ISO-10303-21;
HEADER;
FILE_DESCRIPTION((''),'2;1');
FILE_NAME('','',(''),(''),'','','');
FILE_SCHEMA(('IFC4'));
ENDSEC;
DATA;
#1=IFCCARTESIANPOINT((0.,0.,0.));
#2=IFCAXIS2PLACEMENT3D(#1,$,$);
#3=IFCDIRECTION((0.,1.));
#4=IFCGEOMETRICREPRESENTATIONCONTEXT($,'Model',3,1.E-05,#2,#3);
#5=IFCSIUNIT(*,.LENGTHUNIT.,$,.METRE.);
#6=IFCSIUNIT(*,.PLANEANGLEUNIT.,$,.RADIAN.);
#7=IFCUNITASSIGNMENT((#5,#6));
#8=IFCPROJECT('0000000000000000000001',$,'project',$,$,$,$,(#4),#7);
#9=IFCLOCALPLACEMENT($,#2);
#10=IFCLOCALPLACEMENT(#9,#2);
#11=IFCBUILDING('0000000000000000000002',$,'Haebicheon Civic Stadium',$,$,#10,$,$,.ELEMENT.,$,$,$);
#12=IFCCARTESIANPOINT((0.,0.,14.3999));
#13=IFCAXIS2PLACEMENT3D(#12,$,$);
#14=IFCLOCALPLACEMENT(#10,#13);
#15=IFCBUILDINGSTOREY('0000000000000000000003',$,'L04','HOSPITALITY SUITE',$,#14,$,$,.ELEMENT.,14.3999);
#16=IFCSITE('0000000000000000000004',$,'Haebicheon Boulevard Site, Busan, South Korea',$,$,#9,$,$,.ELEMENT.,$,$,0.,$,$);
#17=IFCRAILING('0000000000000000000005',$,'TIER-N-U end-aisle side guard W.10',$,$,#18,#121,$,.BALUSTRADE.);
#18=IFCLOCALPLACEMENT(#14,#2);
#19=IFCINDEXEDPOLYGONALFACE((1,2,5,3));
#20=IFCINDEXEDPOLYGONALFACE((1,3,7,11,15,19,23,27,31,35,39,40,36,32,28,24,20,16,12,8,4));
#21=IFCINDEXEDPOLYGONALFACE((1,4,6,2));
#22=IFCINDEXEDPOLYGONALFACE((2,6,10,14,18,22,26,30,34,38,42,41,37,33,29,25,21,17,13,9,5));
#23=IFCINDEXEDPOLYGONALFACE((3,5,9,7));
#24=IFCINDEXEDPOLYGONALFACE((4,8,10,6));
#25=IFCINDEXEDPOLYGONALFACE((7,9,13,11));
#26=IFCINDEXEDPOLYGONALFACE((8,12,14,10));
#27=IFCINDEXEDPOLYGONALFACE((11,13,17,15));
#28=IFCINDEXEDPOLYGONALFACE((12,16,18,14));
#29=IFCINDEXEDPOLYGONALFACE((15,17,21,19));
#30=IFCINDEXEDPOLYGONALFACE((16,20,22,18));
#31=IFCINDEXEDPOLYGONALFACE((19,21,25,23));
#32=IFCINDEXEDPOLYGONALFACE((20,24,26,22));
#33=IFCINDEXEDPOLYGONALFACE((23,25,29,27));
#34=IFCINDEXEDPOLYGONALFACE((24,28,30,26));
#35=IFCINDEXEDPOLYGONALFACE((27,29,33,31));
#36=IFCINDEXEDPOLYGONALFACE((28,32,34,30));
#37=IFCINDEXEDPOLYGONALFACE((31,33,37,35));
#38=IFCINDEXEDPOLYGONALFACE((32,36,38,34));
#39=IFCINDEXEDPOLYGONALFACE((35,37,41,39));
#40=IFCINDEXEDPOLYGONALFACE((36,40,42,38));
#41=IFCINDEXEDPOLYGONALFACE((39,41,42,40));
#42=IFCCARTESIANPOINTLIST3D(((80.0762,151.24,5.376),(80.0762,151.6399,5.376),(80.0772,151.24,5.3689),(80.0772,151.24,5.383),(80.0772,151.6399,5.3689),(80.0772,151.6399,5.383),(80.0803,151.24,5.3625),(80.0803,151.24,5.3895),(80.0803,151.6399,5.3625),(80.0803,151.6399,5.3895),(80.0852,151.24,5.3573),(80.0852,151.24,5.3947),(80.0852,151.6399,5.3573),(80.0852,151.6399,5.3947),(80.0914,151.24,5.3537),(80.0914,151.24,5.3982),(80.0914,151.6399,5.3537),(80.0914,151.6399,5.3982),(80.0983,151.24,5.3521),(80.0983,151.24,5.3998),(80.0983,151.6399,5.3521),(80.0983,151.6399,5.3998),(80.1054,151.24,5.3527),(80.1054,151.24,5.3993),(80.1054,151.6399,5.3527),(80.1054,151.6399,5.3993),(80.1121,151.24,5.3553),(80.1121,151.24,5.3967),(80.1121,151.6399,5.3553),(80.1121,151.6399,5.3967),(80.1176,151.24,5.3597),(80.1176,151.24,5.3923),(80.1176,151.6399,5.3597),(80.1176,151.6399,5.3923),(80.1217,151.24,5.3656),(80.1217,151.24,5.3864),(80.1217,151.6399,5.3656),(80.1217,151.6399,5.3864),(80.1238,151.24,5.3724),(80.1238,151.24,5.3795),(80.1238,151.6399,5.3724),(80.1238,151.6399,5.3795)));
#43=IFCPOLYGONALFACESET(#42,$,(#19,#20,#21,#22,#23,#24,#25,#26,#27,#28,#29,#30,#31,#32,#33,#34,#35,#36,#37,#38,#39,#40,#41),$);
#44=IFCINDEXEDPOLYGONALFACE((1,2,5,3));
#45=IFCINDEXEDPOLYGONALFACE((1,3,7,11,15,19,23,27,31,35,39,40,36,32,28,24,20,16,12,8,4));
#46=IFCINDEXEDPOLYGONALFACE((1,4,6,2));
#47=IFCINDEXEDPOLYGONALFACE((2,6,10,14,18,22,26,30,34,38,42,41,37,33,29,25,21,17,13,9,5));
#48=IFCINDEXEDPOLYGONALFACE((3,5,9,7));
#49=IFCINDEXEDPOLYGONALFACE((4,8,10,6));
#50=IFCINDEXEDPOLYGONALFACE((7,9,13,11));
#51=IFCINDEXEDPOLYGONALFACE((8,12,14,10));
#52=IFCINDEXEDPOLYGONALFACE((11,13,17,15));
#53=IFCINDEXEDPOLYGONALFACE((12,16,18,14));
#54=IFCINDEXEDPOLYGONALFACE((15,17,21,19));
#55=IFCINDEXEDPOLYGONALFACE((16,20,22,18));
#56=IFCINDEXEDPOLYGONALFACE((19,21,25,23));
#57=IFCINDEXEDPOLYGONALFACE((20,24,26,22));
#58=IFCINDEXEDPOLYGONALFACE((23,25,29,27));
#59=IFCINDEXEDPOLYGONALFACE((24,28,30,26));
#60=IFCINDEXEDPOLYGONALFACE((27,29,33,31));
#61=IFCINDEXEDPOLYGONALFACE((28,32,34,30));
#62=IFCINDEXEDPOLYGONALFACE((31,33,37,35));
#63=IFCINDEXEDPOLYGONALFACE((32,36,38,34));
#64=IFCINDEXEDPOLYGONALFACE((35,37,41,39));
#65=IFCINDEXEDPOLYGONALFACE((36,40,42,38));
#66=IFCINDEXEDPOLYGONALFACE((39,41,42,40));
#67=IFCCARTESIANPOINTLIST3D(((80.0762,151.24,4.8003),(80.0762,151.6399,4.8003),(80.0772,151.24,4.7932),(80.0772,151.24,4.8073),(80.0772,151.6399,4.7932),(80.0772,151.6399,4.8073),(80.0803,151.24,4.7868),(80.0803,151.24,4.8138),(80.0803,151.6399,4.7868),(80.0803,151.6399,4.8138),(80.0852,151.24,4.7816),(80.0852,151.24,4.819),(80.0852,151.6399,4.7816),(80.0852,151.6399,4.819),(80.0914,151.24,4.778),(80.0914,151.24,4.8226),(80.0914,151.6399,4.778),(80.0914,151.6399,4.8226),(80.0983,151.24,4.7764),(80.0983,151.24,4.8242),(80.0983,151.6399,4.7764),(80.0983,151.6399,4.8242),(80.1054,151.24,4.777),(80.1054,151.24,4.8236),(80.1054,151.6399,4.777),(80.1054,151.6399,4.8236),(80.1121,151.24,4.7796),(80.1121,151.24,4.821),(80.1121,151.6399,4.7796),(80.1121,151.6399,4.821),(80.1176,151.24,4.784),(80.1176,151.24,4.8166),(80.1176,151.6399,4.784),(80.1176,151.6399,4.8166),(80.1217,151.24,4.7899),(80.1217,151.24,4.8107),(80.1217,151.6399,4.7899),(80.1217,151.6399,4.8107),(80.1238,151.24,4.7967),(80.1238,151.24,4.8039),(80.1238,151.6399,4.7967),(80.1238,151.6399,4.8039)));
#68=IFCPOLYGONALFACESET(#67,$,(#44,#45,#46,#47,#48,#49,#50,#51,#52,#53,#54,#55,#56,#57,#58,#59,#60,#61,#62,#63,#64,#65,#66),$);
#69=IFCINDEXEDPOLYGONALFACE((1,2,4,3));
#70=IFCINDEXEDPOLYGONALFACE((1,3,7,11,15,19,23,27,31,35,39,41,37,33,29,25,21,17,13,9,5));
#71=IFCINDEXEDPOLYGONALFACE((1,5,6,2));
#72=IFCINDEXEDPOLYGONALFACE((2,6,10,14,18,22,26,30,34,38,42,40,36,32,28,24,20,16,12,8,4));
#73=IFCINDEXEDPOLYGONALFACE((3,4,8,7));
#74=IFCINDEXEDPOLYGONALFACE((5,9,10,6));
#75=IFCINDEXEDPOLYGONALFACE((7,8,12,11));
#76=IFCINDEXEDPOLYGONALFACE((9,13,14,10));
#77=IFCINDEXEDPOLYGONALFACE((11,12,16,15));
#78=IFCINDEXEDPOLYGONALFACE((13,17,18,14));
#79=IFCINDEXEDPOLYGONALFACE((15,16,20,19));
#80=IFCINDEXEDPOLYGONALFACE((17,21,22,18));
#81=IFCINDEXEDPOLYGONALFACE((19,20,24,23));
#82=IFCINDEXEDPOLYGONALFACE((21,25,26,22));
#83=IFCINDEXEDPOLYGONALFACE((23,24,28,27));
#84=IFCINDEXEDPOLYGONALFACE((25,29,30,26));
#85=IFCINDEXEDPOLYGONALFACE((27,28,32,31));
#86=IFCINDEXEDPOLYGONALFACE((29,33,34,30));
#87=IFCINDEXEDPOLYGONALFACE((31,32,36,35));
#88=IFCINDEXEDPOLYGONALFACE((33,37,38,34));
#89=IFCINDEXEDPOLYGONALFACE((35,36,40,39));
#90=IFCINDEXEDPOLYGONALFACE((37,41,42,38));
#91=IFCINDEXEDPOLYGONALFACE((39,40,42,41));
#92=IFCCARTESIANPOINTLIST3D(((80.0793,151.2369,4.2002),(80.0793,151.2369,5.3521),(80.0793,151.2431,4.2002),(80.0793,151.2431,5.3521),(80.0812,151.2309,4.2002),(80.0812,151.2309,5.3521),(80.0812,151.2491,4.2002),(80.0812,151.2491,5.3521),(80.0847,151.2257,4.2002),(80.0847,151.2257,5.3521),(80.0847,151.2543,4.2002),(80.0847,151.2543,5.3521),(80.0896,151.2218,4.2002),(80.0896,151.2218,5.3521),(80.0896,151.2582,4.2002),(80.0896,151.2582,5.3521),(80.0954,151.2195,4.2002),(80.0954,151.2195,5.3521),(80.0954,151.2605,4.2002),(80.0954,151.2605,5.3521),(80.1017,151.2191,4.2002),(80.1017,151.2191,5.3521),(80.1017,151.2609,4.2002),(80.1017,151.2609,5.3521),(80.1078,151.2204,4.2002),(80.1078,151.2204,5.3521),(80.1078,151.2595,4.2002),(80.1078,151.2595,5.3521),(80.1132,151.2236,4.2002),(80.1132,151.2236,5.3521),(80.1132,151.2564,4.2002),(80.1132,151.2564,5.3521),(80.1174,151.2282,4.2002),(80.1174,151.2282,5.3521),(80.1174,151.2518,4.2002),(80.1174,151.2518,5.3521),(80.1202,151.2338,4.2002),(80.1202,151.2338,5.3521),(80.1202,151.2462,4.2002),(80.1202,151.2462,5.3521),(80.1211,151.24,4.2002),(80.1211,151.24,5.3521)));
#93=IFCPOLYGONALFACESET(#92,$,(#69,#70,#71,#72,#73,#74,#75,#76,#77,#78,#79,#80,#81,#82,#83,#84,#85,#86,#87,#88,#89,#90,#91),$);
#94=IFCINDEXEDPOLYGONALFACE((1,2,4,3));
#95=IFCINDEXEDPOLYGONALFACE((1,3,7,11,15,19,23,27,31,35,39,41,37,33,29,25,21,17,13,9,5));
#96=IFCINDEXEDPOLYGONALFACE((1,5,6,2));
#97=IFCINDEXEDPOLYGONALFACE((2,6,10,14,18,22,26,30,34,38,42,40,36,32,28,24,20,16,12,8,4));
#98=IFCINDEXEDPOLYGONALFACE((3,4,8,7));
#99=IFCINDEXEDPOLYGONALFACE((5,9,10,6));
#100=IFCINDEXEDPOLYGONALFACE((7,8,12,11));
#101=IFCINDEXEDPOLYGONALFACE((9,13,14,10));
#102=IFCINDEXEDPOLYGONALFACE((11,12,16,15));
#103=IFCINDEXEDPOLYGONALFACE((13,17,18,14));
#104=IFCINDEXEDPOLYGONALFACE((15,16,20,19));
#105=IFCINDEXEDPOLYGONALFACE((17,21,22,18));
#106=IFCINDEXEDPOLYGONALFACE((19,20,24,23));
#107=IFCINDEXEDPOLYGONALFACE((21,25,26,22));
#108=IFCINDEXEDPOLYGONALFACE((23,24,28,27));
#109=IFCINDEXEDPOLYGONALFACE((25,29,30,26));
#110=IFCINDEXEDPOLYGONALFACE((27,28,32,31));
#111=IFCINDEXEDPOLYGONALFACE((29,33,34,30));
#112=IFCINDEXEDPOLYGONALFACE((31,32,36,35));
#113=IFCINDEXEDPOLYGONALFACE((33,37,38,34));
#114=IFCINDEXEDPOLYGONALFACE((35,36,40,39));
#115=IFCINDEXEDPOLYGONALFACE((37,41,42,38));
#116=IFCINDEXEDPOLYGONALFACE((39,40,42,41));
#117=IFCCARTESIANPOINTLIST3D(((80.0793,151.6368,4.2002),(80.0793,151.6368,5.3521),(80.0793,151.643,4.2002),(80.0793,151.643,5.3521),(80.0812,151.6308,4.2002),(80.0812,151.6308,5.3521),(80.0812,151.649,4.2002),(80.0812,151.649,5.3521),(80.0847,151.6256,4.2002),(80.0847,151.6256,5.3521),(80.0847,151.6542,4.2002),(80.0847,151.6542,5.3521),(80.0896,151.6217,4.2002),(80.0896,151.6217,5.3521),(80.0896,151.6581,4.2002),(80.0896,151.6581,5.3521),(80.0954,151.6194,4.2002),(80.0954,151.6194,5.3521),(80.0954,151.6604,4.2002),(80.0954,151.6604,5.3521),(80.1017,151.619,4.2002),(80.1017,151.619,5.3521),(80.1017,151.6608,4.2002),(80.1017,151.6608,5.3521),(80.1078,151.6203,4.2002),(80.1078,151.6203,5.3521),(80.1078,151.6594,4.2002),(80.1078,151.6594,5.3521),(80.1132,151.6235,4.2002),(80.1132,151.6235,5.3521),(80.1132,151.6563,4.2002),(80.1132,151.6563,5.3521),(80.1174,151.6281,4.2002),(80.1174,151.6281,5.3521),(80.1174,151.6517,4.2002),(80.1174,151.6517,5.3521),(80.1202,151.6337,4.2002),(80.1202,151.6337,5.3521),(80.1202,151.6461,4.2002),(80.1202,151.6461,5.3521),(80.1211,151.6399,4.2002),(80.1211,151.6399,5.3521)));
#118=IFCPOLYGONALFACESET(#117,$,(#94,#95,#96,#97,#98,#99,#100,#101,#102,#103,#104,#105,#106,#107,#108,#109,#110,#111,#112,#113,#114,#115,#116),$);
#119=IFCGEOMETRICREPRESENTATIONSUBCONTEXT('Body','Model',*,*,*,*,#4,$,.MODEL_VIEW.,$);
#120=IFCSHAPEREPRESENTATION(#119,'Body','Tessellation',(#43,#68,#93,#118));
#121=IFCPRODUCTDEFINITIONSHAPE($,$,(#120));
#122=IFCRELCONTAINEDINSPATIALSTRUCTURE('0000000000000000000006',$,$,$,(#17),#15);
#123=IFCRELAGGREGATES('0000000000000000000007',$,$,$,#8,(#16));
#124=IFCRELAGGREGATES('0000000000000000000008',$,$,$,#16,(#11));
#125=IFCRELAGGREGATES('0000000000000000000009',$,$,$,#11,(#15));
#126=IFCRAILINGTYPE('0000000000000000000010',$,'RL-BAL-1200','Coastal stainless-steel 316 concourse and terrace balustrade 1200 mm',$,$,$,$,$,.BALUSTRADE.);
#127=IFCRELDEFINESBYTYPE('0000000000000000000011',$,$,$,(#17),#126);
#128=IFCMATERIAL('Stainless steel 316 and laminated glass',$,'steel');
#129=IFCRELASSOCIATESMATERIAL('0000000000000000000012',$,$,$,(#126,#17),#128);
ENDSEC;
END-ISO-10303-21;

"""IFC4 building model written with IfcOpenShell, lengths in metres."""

from ifc_helpers import new_model, si_unit, direction, frame, origin, origin_2d, place, context, subcontext, project, spatial, circle, extrude, material, type_object, element, save


model = new_model("IFC4")

# Units and contexts
model_context = context("Model", 3, precision=1e-05, world=origin(), true_north=direction((0.0, 1.0)))
body_context = subcontext(model_context, "Body", "Model", "MODEL_VIEW")
ifc_project = project(units=[si_unit("LENGTHUNIT", "METRE"), si_unit("PLANEANGLEUNIT", "RADIAN")], contexts=[model_context])

# Site, building, storey
site_placement = place(None, origin())
site = spatial("IfcSite", under=ifc_project, at=site_placement, Name="Haebicheon Boulevard Site, Busan, South Korea", CompositionType="ELEMENT", RefElevation=0.0)
building_placement = place(site_placement, origin())
building = spatial("IfcBuilding", under=site, at=building_placement, Name="Haebicheon Civic Stadium", CompositionType="ELEMENT")
storey_placement = place(building_placement, frame((0.0, 0.0, 14.3999)))
storey = spatial("IfcBuildingStorey", under=building, at=storey_placement, Name="L04", Description="HOSPITALITY SUITE", CompositionType="ELEMENT", Elevation=14.3999)

# Railing
ifc_material_1 = material(Name="Stainless steel 316 and laminated glass", Category="steel")
railing_type = type_object("IfcRailingType", Name="RL-BAL-1200", Description="Coastal stainless-steel 316 concourse and terrace balustrade 1200 mm", PredefinedType="BALUSTRADE", material=ifc_material_1)
railing_1_placement = place(storey_placement, frame((80.1001, 151.24, 4.2002)))
element("IfcRailing", 1, at=railing_1_placement, inside=storey, type_object=railing_type, material=ifc_material_1, Name="TIER-N-U end-aisle side guard W.10", PredefinedType="BALUSTRADE", context=body_context, shape_type="SweptSolid", body=[
    extrude(circle(Radius=0.0239, at=origin_2d()), frame((0.0, 0.0, 1.1758), z_axis=(0.0, 1.0, 0.0), x_axis=(-1.0, 0.0, 0.0)), (0.0, 0.0, 1.0), 0.3999),
    extrude(circle(Radius=0.0239, at=origin_2d()), frame((0.0, 0.0, 0.6001), z_axis=(0.0, 1.0, 0.0), x_axis=(-1.0, 0.0, 0.0)), (0.0, 0.0, 1.0), 0.3999),
    extrude(circle(Radius=0.021, at=origin_2d()), origin(), (0.0, 0.0, 1.0), 1.1519),
    extrude(circle(Radius=0.021, at=origin_2d()), frame((0.0, 0.3999, 0.0)), (0.0, 0.0, 1.0), 1.1519),
])

save(model, "model.ifc")
